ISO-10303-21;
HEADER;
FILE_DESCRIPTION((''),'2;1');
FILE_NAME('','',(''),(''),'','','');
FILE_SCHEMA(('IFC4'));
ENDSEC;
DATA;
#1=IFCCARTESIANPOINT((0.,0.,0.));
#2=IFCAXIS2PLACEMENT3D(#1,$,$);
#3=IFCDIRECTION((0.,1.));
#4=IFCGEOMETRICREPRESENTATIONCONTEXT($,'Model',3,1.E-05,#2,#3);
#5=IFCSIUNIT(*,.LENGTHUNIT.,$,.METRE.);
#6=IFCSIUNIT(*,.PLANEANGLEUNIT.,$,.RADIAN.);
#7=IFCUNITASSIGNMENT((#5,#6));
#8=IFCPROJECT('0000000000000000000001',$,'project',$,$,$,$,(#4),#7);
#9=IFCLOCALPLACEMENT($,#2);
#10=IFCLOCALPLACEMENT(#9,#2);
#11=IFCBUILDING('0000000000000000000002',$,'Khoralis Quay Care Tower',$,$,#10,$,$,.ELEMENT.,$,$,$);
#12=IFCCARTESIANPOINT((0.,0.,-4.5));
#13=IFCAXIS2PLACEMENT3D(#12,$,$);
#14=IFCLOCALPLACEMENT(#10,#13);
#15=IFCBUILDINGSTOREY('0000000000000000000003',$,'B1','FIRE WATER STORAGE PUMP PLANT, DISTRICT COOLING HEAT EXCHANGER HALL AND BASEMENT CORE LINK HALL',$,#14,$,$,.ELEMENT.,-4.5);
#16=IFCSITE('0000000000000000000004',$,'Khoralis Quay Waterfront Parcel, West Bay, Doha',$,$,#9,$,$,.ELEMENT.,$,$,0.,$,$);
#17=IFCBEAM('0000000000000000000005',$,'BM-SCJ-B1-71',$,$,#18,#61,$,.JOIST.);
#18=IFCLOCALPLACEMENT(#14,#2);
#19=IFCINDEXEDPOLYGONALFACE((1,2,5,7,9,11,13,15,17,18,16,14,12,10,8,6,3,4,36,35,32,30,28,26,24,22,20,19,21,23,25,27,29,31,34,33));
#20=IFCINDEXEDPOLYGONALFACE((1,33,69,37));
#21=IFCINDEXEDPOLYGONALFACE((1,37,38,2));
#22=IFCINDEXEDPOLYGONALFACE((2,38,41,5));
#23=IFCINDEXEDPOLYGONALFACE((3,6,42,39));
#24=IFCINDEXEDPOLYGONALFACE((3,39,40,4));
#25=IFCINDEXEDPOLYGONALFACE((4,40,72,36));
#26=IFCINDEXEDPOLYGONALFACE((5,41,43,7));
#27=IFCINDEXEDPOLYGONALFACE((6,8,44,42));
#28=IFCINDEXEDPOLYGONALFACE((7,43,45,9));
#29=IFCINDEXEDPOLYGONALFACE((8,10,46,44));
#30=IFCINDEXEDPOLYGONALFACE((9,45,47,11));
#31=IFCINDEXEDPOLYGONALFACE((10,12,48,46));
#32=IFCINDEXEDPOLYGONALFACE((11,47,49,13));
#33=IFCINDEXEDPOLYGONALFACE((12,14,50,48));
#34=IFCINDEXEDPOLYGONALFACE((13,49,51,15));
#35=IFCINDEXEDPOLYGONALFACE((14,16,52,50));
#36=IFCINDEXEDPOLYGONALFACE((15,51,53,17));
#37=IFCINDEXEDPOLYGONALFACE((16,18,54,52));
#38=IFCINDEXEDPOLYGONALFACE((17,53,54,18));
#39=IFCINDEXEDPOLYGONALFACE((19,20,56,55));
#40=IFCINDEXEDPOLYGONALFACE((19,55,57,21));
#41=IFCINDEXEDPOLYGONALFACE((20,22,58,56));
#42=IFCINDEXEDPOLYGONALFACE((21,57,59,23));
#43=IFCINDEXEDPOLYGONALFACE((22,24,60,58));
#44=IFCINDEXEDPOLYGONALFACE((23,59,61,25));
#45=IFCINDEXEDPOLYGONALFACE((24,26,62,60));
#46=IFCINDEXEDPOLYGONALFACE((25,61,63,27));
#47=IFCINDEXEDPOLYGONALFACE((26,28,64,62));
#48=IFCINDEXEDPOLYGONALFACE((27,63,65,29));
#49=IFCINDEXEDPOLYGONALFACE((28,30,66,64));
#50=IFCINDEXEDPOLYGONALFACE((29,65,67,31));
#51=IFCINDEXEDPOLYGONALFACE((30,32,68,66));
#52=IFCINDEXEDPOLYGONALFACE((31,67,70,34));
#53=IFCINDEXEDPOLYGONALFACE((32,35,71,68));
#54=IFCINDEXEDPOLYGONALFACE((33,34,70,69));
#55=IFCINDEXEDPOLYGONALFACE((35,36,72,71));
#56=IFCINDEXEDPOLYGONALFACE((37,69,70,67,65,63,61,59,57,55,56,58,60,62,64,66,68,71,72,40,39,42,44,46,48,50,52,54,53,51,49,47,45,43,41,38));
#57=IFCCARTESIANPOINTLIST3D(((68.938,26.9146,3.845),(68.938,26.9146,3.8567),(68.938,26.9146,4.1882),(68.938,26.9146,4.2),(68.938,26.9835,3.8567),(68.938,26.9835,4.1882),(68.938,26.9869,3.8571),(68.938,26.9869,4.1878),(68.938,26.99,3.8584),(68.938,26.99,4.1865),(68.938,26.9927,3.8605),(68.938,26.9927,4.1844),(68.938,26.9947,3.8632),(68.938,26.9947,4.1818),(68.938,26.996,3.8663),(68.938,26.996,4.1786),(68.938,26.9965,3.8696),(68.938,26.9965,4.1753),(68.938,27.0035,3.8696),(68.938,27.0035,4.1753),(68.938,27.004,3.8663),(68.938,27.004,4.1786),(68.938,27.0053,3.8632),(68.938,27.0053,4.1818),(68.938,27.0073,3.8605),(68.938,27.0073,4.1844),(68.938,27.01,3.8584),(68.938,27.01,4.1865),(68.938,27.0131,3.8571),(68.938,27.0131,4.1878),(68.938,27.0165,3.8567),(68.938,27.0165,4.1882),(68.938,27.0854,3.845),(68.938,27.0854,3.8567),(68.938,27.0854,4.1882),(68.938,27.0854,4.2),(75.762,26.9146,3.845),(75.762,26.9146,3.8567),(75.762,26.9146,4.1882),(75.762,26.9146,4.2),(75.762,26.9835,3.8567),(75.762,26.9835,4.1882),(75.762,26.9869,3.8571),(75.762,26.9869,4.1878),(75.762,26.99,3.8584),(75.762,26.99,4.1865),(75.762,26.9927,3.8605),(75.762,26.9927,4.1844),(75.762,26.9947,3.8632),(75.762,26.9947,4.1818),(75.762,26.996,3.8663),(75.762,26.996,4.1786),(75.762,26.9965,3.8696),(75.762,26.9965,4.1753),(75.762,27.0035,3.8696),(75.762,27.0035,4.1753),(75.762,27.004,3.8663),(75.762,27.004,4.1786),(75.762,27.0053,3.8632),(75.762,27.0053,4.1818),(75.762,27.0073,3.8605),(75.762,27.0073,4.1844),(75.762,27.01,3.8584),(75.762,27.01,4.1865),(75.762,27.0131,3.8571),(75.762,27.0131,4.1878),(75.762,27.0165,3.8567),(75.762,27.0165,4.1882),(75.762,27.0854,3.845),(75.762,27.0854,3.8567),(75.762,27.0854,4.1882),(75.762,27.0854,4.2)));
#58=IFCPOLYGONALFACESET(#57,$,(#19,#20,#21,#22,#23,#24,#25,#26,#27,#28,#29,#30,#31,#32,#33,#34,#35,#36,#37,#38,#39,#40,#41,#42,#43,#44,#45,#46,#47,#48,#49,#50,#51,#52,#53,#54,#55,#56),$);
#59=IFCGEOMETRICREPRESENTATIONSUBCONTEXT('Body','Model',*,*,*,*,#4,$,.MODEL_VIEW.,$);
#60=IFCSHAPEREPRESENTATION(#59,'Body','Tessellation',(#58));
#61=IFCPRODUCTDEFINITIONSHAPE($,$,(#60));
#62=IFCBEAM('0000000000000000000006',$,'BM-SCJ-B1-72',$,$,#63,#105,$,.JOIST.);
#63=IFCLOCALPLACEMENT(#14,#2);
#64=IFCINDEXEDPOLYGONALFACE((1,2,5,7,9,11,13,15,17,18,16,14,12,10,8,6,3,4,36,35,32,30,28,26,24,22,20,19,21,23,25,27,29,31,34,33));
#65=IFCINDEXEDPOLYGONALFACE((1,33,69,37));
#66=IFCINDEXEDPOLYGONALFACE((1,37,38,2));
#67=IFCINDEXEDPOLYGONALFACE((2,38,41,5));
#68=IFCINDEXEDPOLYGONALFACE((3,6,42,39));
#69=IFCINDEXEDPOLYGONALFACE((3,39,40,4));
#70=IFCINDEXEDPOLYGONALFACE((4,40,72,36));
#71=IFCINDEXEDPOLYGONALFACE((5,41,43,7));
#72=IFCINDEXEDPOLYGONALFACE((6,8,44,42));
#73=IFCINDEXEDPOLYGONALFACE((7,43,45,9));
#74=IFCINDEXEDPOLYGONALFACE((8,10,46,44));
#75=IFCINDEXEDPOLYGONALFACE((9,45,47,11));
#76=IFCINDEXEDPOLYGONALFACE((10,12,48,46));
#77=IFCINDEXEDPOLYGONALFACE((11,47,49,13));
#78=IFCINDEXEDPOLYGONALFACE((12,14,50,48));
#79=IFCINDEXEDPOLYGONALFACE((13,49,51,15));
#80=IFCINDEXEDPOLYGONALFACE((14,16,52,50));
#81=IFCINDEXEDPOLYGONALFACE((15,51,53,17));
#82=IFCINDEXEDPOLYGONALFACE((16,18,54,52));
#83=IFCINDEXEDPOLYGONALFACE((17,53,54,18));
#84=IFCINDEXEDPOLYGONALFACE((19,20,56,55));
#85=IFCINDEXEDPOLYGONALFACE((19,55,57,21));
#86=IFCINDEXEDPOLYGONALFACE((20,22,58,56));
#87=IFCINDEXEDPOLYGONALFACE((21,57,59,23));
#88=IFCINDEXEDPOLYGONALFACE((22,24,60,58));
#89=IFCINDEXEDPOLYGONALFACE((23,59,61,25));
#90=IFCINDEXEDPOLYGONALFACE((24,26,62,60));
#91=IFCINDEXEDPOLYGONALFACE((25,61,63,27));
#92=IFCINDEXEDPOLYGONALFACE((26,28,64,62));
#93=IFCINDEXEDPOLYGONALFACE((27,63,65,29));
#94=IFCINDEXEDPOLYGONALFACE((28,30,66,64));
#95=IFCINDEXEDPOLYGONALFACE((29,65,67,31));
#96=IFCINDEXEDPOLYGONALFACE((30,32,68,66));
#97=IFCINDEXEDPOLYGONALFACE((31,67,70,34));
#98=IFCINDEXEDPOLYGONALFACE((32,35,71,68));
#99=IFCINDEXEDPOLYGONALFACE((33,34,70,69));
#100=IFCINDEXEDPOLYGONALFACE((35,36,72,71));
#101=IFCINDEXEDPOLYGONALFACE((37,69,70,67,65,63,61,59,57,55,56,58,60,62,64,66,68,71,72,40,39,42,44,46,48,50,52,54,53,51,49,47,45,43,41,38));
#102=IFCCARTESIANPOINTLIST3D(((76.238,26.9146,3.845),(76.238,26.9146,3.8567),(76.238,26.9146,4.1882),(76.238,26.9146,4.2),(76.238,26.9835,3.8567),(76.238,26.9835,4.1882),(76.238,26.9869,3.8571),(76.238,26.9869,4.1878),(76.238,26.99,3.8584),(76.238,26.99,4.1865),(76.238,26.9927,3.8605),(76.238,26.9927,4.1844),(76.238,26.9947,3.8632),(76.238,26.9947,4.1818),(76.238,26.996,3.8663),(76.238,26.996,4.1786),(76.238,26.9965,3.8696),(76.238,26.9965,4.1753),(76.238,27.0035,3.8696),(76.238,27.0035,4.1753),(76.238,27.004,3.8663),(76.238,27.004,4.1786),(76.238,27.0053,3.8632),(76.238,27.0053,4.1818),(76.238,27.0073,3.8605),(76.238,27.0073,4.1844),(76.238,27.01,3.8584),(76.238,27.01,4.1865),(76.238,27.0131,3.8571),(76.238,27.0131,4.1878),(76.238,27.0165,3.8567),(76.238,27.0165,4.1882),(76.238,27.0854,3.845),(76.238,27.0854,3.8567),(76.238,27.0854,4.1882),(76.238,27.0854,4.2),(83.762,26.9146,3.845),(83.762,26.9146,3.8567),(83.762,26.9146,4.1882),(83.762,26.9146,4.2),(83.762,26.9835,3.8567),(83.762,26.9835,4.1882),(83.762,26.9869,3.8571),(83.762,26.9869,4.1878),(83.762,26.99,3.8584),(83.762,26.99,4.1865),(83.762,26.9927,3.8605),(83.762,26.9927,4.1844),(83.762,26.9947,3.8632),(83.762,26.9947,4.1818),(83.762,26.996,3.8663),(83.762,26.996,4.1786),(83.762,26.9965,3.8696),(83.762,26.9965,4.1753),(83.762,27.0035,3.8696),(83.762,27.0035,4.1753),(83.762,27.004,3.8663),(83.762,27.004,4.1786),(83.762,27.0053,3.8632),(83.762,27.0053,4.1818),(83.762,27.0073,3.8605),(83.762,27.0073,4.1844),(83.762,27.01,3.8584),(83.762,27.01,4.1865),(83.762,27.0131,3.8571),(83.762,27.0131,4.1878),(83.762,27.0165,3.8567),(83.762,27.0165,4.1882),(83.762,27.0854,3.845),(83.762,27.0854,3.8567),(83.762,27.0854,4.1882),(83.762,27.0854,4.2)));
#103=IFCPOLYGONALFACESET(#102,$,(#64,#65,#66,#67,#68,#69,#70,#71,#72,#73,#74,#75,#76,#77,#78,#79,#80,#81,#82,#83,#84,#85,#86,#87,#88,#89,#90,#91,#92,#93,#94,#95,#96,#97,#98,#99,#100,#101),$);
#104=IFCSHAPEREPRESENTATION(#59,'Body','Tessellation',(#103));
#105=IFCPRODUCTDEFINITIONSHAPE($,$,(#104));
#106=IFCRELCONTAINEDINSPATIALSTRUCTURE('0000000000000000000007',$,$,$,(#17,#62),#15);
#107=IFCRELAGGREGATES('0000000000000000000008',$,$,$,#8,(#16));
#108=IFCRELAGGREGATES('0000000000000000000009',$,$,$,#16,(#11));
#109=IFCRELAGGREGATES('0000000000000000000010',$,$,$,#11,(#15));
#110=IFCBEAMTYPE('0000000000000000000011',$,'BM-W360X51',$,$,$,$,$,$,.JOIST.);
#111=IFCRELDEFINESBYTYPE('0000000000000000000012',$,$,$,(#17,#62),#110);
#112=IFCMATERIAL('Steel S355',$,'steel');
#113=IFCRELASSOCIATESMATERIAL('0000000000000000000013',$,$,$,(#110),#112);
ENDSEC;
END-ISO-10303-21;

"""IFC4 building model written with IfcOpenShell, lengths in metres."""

from ifc_helpers import new_model, si_unit, direction, frame, origin, origin_2d, place, context, subcontext, project, spatial, i_section, extrude, source, transform, mapped, material, material_profile, profile_set, type_object, element, save


model = new_model("IFC4")

# Units and contexts
model_context = context("Model", 3, precision=1e-05, world=origin(), true_north=direction((0.0, 1.0)))
body_context = subcontext(model_context, "Body", "Model", "MODEL_VIEW")
ifc_project = project(units=[si_unit("LENGTHUNIT", "METRE"), si_unit("PLANEANGLEUNIT", "RADIAN")], contexts=[model_context])

# Site, building, storey
site_placement = place(None, origin())
site = spatial("IfcSite", under=ifc_project, at=site_placement, Name="Khoralis Quay Waterfront Parcel, West Bay, Doha", CompositionType="ELEMENT", RefElevation=0.0)
building_placement = place(site_placement, origin())
building = spatial("IfcBuilding", under=site, at=building_placement, Name="Khoralis Quay Care Tower", CompositionType="ELEMENT")
storey_placement = place(building_placement, frame((0.0, 0.0, -4.5)))
storey = spatial("IfcBuildingStorey", under=building, at=storey_placement, Name="B1", Description="FIRE WATER STORAGE PUMP PLANT, DISTRICT COOLING HEAT EXCHANGER HALL AND BASEMENT CORE LINK HALL", CompositionType="ELEMENT", Elevation=-4.5)

# Beams
ifc_material_1 = material(Name="Steel S355", Category="steel")
ifc_material_profile_1 = material_profile(ifc_material_1, i_section(OverallWidth=0.1709, OverallDepth=0.355, WebThickness=0.0071, FlangeThickness=0.0117, FilletRadius=0.0129, at=origin_2d()), Name="Steel S355")
ifc_profile_set_1 = profile_set([ifc_material_profile_1], Name="Steel S355")
beam_type_1 = type_object("IfcBeamType", Name="BM-W360X51", PredefinedType="JOIST", material=ifc_profile_set_1)
shared_shape_1 = source(origin(), body_context, "Body", "SweptSolid", [
    extrude(i_section(OverallWidth=0.1709, OverallDepth=0.355, WebThickness=0.0071, FlangeThickness=0.0117, FilletRadius=0.0129, at=origin_2d()), origin(), (0.0, 0.0, 1.0), 6.824),
])
beam_1_placement = place(storey_placement, frame((68.938, 27.0, 4.0225), z_axis=(1.0, 0.0, 0.0), x_axis=(0.0, 1.0, 0.0)))
element("IfcBeam", 1, at=beam_1_placement, inside=storey, type_object=beam_type_1, Name="BM-SCJ-B1-71", PredefinedType="JOIST", context=body_context, shape_type="MappedRepresentation", body=[
    mapped(shared_shape_1, transform((0.0, 0.0, 0.0), scale=1.0)),
])
shared_shape_2 = source(origin(), body_context, "Body", "SweptSolid", [
    extrude(i_section(OverallWidth=0.1709, OverallDepth=0.355, WebThickness=0.0071, FlangeThickness=0.0117, FilletRadius=0.0129, at=origin_2d()), origin(), (0.0, 0.0, 1.0), 7.5239),
])
beam_2_placement = place(storey_placement, frame((76.238, 27.0, 4.0225), z_axis=(1.0, 0.0, 0.0), x_axis=(0.0, 1.0, 0.0)))
element("IfcBeam", 2, at=beam_2_placement, inside=storey, type_object=beam_type_1, Name="BM-SCJ-B1-72", PredefinedType="JOIST", context=body_context, shape_type="MappedRepresentation", body=[
    mapped(shared_shape_2, transform((0.0, 0.0, 0.0), scale=1.0)),
])

save(model, "model.ifc")
